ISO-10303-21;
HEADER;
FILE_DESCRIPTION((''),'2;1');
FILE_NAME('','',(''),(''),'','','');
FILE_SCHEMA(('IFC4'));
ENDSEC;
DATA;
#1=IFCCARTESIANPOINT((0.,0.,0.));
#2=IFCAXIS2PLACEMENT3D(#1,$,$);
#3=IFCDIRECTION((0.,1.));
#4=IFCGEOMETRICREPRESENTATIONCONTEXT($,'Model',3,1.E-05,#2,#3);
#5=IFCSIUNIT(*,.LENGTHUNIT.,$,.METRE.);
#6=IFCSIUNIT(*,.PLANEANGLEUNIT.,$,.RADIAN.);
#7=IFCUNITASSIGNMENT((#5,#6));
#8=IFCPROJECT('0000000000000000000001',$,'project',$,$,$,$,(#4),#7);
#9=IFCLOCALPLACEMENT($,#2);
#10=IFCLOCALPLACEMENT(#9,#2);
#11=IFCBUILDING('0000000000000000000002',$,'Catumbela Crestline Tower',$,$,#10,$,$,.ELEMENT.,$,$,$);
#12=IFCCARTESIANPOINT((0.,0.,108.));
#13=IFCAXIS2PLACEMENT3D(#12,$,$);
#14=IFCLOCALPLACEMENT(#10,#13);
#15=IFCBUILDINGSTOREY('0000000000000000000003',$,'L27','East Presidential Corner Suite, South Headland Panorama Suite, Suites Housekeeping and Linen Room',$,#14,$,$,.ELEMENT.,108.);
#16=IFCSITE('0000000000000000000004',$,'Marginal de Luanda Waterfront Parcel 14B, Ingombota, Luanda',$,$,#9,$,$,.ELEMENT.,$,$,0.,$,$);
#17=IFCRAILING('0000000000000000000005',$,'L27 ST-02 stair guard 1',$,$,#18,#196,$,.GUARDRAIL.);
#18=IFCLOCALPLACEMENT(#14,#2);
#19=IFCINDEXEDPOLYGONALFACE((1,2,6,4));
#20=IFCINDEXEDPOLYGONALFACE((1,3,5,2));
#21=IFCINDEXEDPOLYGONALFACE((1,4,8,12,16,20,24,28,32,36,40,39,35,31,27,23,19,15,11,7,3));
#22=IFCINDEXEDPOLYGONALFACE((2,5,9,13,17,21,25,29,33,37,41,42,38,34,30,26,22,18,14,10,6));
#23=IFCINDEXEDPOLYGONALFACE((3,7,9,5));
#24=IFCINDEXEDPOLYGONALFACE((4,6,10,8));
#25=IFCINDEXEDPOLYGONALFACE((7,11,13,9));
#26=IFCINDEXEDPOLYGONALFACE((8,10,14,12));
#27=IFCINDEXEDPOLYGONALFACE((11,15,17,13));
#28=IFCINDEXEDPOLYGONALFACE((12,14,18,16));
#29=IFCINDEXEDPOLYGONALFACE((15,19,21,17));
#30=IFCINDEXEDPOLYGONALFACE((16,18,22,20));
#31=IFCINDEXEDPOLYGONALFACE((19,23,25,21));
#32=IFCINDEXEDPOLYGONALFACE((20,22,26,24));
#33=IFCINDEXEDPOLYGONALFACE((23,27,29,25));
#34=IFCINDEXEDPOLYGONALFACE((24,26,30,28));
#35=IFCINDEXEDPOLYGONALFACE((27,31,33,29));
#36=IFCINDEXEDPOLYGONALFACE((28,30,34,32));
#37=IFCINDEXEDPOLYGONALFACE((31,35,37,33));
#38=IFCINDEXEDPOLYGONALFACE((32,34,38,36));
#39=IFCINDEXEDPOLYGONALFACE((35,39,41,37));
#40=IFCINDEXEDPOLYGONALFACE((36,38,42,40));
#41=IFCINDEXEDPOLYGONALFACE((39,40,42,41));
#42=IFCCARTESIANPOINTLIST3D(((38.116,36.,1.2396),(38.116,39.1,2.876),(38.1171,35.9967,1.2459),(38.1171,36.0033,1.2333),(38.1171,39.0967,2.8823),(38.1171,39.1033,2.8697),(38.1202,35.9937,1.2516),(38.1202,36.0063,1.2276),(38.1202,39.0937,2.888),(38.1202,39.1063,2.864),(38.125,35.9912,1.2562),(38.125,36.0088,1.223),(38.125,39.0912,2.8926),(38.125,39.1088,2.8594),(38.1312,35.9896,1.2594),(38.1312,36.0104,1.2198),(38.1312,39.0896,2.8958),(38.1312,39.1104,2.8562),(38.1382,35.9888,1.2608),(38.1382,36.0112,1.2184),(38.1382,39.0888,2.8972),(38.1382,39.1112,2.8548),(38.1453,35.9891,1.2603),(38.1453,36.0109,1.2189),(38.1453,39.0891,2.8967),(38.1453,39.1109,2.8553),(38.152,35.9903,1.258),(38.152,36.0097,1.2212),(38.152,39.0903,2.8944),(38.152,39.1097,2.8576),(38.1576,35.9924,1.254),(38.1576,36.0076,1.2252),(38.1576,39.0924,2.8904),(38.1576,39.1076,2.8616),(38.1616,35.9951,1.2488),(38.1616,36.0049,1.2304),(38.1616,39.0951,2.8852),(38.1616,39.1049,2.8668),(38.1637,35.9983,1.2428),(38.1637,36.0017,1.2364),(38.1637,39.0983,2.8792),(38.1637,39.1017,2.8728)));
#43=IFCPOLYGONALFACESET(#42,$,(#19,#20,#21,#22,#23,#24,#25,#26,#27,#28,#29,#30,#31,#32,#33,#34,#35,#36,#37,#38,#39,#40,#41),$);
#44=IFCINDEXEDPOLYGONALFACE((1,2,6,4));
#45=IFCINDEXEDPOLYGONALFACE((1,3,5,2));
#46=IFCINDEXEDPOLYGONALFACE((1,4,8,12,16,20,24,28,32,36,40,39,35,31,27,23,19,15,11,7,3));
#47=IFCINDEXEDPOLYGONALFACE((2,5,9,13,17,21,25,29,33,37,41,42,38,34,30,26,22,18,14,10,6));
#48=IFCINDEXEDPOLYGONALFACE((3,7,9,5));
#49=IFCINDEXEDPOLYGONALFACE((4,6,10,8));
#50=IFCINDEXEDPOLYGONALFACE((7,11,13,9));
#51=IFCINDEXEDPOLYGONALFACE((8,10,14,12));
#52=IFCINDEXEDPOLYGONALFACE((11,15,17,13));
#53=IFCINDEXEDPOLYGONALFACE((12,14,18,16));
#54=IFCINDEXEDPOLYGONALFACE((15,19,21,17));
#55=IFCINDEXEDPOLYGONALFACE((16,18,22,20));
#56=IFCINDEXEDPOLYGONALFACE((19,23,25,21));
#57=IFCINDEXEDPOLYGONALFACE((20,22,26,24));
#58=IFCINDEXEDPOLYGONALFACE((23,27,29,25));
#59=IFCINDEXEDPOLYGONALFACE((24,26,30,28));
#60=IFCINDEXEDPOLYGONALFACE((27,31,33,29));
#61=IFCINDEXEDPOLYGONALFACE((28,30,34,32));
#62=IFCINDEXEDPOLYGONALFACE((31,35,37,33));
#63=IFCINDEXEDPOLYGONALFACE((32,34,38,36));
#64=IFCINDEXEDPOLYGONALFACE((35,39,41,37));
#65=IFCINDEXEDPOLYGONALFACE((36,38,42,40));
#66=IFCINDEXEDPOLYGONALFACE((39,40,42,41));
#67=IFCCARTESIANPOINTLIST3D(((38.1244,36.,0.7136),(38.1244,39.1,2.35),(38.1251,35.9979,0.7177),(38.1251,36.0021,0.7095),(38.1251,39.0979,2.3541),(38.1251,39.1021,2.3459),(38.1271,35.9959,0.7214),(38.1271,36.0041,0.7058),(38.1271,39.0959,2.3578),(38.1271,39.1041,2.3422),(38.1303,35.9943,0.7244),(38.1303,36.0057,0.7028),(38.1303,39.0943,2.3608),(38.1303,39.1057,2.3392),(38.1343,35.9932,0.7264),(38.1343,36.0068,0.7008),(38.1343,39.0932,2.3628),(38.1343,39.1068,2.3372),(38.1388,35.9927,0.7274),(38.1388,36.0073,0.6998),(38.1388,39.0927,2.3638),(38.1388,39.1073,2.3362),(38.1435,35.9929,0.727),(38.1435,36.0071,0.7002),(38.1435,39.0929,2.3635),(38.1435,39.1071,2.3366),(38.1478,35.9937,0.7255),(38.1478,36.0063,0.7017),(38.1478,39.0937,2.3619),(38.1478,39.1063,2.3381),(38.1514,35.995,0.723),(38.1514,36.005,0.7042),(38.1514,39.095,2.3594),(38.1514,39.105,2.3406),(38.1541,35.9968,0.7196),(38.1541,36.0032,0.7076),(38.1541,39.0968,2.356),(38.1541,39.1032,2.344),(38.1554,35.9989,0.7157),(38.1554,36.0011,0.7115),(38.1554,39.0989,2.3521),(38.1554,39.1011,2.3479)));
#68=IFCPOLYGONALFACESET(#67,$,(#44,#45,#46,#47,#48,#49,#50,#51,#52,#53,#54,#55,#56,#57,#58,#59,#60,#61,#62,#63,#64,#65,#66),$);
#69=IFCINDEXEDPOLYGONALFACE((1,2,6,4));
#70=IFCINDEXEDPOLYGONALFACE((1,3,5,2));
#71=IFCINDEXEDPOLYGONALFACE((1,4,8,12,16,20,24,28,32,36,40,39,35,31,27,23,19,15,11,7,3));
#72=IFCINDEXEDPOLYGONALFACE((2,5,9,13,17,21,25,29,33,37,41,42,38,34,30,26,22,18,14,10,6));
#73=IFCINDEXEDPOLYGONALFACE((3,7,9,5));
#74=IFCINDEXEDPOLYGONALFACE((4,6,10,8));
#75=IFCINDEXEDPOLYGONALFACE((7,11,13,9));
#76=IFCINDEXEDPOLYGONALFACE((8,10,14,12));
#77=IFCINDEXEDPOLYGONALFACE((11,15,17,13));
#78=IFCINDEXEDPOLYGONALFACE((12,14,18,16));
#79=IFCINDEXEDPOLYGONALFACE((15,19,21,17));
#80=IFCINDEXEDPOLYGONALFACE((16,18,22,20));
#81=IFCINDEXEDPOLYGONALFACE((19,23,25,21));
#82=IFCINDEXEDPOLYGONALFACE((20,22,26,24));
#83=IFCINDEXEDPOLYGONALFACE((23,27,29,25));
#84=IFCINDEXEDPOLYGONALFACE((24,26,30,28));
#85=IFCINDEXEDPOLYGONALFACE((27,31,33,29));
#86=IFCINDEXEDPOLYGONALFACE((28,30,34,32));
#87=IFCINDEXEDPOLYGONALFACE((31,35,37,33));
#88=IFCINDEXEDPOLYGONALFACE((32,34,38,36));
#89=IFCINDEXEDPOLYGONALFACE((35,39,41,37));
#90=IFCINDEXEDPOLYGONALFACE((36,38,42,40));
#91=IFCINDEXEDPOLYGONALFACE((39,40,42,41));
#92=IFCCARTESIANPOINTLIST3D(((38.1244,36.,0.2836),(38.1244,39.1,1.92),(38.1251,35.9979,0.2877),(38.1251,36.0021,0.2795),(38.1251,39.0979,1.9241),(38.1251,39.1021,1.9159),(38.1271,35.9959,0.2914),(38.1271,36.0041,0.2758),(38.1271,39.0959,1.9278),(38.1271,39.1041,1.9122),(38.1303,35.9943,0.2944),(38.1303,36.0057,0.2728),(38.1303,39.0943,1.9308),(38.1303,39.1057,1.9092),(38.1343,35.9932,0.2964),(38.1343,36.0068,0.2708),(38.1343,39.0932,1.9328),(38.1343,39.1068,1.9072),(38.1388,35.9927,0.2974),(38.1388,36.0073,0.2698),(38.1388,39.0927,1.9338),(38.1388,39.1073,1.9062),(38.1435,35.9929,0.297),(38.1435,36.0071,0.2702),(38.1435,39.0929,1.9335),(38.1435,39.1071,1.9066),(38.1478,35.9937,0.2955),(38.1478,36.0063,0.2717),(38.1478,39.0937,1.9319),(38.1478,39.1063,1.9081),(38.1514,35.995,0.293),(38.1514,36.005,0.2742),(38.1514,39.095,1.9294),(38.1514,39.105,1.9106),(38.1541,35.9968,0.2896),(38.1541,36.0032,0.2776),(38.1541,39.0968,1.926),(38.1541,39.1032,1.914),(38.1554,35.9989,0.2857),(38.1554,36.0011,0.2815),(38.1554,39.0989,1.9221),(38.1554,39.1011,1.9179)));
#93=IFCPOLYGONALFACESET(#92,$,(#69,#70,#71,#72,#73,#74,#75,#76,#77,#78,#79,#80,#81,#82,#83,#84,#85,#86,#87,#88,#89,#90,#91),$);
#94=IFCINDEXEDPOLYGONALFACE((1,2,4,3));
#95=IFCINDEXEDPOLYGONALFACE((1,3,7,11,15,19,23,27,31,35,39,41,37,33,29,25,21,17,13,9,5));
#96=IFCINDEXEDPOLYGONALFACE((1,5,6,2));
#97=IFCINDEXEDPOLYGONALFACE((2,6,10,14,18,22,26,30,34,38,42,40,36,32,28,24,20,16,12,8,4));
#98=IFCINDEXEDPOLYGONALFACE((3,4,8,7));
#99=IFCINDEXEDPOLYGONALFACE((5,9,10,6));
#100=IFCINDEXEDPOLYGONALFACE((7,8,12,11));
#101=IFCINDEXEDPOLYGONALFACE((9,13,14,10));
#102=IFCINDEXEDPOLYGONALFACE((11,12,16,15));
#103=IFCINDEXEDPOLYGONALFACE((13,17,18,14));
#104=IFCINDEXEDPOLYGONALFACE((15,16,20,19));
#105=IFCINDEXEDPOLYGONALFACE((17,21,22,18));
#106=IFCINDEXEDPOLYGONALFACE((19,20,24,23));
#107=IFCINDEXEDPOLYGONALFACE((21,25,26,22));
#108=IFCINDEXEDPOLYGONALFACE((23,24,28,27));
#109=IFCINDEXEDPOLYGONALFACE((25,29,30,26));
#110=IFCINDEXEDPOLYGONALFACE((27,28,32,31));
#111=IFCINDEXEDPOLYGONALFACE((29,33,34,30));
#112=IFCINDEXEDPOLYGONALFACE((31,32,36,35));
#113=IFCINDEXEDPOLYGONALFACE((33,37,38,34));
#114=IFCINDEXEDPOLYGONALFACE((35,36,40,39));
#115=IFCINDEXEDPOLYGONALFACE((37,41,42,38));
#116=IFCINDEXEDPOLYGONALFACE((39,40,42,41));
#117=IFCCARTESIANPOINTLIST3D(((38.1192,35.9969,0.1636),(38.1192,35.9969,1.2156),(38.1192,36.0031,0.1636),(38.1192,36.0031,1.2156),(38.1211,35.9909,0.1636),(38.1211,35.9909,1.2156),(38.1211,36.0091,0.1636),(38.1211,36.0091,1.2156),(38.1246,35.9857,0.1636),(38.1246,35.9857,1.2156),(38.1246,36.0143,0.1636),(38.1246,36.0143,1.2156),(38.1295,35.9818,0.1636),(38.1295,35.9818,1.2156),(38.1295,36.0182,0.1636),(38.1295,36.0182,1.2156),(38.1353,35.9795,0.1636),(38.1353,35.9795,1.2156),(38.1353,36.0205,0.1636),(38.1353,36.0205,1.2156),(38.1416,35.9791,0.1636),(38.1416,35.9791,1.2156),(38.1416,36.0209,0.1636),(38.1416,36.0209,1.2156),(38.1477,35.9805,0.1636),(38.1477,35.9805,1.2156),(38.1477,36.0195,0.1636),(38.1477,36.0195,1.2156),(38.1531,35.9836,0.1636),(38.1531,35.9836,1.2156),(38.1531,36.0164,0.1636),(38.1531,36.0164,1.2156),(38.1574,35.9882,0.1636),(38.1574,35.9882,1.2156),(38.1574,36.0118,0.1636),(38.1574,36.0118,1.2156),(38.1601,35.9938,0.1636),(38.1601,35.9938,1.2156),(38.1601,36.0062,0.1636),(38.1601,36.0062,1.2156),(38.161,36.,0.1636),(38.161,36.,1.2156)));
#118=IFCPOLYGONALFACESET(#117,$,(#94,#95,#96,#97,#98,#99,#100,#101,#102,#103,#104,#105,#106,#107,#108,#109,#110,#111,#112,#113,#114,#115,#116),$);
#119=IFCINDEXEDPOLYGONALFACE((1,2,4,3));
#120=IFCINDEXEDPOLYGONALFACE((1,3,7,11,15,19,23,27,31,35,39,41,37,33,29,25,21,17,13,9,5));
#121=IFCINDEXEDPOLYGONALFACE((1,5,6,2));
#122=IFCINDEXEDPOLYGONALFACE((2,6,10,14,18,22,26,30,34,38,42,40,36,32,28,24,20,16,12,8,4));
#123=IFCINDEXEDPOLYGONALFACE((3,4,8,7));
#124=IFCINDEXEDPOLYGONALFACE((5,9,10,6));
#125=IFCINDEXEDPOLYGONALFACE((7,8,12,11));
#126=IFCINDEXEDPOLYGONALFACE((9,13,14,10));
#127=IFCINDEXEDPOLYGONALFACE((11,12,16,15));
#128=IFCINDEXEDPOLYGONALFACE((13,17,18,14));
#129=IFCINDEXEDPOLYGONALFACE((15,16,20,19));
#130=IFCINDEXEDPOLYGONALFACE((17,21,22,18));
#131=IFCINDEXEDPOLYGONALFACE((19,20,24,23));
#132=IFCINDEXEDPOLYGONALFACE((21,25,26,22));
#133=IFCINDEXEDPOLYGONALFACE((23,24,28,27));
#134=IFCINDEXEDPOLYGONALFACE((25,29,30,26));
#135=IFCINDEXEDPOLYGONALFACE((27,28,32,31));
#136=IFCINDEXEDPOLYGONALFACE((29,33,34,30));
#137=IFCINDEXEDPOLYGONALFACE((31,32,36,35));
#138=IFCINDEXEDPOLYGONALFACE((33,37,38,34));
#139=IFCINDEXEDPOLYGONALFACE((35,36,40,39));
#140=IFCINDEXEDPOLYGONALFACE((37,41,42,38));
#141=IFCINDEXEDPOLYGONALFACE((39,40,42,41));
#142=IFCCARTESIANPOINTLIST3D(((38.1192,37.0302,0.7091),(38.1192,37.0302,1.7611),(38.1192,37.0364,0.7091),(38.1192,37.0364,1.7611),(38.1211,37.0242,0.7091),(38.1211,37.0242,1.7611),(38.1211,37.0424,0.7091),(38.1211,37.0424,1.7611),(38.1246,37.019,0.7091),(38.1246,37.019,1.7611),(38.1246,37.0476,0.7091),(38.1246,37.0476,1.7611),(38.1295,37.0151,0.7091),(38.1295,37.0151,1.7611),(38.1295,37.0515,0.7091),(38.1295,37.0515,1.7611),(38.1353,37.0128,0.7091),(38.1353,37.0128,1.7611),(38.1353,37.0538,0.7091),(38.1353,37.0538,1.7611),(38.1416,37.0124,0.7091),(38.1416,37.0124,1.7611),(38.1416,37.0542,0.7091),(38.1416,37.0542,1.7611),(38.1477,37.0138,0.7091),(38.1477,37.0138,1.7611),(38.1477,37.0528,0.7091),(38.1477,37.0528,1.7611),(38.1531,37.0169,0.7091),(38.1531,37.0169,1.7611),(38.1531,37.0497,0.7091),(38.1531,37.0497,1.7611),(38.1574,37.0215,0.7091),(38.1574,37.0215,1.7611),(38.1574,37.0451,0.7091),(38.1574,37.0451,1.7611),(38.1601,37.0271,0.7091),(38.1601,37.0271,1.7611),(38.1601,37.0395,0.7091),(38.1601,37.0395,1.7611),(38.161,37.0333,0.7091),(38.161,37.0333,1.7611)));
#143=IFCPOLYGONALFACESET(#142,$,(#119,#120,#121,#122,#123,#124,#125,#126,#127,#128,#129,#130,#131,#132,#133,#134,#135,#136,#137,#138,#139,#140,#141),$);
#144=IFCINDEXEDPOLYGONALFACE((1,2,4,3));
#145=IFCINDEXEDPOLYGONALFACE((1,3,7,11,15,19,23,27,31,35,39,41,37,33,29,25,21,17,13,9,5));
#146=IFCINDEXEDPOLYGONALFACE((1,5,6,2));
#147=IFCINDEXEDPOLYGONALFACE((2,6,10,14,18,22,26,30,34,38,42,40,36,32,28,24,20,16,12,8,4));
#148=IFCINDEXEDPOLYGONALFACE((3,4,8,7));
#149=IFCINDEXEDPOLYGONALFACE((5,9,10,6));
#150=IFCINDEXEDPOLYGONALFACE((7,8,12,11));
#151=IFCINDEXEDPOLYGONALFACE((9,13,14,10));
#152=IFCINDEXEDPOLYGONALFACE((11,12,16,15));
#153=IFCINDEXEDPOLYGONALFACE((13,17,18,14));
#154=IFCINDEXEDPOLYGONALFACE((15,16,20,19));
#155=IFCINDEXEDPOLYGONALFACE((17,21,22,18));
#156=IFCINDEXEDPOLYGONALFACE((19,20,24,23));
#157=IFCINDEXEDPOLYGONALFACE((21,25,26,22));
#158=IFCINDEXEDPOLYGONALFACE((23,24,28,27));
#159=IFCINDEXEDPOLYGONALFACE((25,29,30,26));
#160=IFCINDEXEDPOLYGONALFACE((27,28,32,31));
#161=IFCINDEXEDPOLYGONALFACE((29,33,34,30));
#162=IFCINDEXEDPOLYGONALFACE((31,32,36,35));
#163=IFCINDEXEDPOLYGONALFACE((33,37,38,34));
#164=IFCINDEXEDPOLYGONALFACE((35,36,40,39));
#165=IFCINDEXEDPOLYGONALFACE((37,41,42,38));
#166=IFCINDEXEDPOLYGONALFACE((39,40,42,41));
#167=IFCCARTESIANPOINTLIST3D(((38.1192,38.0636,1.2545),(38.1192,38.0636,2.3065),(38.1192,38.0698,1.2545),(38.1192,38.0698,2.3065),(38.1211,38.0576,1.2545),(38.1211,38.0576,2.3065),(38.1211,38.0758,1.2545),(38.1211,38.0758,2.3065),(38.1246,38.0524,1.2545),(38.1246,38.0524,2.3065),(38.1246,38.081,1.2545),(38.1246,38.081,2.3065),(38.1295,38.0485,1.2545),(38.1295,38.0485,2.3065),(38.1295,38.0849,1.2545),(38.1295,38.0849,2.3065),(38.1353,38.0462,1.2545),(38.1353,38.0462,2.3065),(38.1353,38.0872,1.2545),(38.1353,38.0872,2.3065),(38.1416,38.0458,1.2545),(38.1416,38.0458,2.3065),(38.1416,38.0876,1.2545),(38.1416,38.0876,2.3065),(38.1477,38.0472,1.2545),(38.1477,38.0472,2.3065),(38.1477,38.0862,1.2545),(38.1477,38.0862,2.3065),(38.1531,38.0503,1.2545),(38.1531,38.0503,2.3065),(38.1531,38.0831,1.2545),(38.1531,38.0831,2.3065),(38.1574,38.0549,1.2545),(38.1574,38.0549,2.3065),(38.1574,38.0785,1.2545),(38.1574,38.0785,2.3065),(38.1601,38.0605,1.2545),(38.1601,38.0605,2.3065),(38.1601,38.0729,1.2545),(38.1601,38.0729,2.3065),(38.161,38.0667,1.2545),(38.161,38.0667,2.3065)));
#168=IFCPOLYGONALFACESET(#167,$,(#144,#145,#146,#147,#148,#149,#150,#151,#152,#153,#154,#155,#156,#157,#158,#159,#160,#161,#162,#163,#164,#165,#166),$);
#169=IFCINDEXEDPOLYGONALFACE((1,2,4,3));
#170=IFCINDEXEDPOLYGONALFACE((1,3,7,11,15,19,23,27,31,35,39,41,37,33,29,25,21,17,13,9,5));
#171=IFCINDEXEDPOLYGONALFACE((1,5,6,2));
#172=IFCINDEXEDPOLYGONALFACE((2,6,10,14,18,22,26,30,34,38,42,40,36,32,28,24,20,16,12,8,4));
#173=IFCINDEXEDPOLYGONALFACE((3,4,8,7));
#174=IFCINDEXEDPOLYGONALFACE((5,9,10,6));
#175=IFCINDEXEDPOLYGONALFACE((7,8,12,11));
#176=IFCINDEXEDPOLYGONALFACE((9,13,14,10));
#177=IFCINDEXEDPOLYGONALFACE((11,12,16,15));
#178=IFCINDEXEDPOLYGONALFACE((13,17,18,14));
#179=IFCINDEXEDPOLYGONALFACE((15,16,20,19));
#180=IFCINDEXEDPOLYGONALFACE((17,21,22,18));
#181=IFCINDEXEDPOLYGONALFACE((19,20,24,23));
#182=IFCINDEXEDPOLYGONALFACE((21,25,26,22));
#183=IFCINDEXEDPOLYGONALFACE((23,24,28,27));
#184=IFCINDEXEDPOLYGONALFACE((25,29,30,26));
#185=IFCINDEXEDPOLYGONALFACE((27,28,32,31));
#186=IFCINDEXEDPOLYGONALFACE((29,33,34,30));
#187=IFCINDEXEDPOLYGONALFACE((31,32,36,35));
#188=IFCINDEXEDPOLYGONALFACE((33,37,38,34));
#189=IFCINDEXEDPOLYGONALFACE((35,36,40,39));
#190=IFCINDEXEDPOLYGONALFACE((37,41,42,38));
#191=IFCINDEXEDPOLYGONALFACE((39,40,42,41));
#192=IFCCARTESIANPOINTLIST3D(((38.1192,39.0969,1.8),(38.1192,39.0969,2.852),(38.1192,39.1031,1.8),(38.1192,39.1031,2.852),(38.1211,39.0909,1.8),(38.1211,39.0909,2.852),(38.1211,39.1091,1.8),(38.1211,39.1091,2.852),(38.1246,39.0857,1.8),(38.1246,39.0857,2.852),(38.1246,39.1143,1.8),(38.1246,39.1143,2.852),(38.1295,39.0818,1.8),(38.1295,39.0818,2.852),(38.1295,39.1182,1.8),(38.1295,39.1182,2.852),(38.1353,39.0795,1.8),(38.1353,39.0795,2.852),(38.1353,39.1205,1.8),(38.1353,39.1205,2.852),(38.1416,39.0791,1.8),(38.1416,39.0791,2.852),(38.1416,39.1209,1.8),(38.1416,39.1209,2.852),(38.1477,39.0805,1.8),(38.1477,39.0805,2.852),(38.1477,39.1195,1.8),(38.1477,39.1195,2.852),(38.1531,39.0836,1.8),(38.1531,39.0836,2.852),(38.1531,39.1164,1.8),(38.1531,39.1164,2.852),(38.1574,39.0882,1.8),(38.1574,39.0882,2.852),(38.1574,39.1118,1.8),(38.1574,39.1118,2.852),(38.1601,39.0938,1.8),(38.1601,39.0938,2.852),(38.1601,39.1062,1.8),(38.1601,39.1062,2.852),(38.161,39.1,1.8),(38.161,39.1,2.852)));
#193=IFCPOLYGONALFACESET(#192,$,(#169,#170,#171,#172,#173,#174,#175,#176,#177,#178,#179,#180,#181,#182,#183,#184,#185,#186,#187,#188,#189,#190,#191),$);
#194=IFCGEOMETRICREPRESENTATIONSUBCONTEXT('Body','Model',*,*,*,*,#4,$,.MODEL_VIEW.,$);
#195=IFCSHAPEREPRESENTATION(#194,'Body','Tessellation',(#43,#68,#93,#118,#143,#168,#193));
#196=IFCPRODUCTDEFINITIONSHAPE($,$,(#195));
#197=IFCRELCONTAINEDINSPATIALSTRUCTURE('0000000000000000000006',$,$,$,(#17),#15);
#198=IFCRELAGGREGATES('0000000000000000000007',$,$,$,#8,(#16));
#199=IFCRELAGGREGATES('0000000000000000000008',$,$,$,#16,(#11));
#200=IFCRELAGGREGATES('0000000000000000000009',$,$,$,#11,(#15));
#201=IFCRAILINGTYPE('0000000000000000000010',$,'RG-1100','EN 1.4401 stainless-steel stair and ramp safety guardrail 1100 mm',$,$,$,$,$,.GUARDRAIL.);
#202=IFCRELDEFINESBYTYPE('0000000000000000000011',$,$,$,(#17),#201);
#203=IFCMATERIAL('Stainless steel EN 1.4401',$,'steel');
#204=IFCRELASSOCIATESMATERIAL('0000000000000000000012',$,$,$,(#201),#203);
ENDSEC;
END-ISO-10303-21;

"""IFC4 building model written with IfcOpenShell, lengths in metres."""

from ifc_helpers import new_model, si_unit, direction, frame, origin, origin_2d, place, context, subcontext, project, spatial, circle, extrude, material, type_object, element, save


model = new_model("IFC4")

# Units and contexts
model_context = context("Model", 3, precision=1e-05, world=origin(), true_north=direction((0.0, 1.0)))
body_context = subcontext(model_context, "Body", "Model", "MODEL_VIEW")
ifc_project = project(units=[si_unit("LENGTHUNIT", "METRE"), si_unit("PLANEANGLEUNIT", "RADIAN")], contexts=[model_context])

# Site, building, storey
site_placement = place(None, origin())
site = spatial("IfcSite", under=ifc_project, at=site_placement, Name="Marginal de Luanda Waterfront Parcel 14B, Ingombota, Luanda", CompositionType="ELEMENT", RefElevation=0.0)
building_placement = place(site_placement, origin())
building = spatial("IfcBuilding", under=site, at=building_placement, Name="Catumbela Crestline Tower", CompositionType="ELEMENT")
storey_placement = place(building_placement, frame((0.0, 0.0, 108.0)))
storey = spatial("IfcBuildingStorey", under=building, at=storey_placement, Name="L27", Description="East Presidential Corner Suite, South Headland Panorama Suite, Suites Housekeeping and Linen Room", CompositionType="ELEMENT", Elevation=108.0)

# Shared definitions
ifc_material_1 = material(Name="Stainless steel EN 1.4401", Category="steel")

# Railing
railing_type_1 = type_object("IfcRailingType", Name="RG-1100", Description="EN 1.4401 stainless-steel stair and ramp safety guardrail 1100 mm", PredefinedType="GUARDRAIL", material=ifc_material_1)
railing_1_placement = place(storey_placement, frame((38.14, 36.0, 0.1636)))
element("IfcRailing", 1, at=railing_1_placement, inside=storey, type_object=railing_type_1, Name="L27 ST-02 stair guard 1", PredefinedType="GUARDRAIL", context=body_context, shape_type="SweptSolid", body=[
    extrude(circle(Radius=0.024, at=origin_2d()), frame((0.0, 0.0, 1.076), z_axis=(0.0, 0.884351, 0.466823), x_axis=(-1.0, 0.0, 0.0)), (0.0, 0.0, 1.0), 3.5054),
    extrude(circle(Radius=0.0156, at=origin_2d()), frame((0.0, 0.0, 0.55), z_axis=(0.0, 0.884351, 0.466823), x_axis=(-1.0, 0.0, 0.0)), (0.0, 0.0, 1.0), 3.5054),
    extrude(circle(Radius=0.0156, at=origin_2d()), frame((0.0, 0.0, 0.12), z_axis=(0.0, 0.884351, 0.466823), x_axis=(-1.0, 0.0, 0.0)), (0.0, 0.0, 1.0), 3.5054),
    extrude(circle(Radius=0.021, at=origin_2d()), origin(), (0.0, 0.0, 1.0), 1.052),
    extrude(circle(Radius=0.021, at=origin_2d()), frame((0.0, 1.0333, 0.5455)), (0.0, 0.0, 1.0), 1.052),
    extrude(circle(Radius=0.021, at=origin_2d()), frame((0.0, 2.0667, 1.0909)), (0.0, 0.0, 1.0), 1.052),
    extrude(circle(Radius=0.021, at=origin_2d()), frame((0.0, 3.1, 1.6364)), (0.0, 0.0, 1.0), 1.052),
])

save(model, "model.ifc")
